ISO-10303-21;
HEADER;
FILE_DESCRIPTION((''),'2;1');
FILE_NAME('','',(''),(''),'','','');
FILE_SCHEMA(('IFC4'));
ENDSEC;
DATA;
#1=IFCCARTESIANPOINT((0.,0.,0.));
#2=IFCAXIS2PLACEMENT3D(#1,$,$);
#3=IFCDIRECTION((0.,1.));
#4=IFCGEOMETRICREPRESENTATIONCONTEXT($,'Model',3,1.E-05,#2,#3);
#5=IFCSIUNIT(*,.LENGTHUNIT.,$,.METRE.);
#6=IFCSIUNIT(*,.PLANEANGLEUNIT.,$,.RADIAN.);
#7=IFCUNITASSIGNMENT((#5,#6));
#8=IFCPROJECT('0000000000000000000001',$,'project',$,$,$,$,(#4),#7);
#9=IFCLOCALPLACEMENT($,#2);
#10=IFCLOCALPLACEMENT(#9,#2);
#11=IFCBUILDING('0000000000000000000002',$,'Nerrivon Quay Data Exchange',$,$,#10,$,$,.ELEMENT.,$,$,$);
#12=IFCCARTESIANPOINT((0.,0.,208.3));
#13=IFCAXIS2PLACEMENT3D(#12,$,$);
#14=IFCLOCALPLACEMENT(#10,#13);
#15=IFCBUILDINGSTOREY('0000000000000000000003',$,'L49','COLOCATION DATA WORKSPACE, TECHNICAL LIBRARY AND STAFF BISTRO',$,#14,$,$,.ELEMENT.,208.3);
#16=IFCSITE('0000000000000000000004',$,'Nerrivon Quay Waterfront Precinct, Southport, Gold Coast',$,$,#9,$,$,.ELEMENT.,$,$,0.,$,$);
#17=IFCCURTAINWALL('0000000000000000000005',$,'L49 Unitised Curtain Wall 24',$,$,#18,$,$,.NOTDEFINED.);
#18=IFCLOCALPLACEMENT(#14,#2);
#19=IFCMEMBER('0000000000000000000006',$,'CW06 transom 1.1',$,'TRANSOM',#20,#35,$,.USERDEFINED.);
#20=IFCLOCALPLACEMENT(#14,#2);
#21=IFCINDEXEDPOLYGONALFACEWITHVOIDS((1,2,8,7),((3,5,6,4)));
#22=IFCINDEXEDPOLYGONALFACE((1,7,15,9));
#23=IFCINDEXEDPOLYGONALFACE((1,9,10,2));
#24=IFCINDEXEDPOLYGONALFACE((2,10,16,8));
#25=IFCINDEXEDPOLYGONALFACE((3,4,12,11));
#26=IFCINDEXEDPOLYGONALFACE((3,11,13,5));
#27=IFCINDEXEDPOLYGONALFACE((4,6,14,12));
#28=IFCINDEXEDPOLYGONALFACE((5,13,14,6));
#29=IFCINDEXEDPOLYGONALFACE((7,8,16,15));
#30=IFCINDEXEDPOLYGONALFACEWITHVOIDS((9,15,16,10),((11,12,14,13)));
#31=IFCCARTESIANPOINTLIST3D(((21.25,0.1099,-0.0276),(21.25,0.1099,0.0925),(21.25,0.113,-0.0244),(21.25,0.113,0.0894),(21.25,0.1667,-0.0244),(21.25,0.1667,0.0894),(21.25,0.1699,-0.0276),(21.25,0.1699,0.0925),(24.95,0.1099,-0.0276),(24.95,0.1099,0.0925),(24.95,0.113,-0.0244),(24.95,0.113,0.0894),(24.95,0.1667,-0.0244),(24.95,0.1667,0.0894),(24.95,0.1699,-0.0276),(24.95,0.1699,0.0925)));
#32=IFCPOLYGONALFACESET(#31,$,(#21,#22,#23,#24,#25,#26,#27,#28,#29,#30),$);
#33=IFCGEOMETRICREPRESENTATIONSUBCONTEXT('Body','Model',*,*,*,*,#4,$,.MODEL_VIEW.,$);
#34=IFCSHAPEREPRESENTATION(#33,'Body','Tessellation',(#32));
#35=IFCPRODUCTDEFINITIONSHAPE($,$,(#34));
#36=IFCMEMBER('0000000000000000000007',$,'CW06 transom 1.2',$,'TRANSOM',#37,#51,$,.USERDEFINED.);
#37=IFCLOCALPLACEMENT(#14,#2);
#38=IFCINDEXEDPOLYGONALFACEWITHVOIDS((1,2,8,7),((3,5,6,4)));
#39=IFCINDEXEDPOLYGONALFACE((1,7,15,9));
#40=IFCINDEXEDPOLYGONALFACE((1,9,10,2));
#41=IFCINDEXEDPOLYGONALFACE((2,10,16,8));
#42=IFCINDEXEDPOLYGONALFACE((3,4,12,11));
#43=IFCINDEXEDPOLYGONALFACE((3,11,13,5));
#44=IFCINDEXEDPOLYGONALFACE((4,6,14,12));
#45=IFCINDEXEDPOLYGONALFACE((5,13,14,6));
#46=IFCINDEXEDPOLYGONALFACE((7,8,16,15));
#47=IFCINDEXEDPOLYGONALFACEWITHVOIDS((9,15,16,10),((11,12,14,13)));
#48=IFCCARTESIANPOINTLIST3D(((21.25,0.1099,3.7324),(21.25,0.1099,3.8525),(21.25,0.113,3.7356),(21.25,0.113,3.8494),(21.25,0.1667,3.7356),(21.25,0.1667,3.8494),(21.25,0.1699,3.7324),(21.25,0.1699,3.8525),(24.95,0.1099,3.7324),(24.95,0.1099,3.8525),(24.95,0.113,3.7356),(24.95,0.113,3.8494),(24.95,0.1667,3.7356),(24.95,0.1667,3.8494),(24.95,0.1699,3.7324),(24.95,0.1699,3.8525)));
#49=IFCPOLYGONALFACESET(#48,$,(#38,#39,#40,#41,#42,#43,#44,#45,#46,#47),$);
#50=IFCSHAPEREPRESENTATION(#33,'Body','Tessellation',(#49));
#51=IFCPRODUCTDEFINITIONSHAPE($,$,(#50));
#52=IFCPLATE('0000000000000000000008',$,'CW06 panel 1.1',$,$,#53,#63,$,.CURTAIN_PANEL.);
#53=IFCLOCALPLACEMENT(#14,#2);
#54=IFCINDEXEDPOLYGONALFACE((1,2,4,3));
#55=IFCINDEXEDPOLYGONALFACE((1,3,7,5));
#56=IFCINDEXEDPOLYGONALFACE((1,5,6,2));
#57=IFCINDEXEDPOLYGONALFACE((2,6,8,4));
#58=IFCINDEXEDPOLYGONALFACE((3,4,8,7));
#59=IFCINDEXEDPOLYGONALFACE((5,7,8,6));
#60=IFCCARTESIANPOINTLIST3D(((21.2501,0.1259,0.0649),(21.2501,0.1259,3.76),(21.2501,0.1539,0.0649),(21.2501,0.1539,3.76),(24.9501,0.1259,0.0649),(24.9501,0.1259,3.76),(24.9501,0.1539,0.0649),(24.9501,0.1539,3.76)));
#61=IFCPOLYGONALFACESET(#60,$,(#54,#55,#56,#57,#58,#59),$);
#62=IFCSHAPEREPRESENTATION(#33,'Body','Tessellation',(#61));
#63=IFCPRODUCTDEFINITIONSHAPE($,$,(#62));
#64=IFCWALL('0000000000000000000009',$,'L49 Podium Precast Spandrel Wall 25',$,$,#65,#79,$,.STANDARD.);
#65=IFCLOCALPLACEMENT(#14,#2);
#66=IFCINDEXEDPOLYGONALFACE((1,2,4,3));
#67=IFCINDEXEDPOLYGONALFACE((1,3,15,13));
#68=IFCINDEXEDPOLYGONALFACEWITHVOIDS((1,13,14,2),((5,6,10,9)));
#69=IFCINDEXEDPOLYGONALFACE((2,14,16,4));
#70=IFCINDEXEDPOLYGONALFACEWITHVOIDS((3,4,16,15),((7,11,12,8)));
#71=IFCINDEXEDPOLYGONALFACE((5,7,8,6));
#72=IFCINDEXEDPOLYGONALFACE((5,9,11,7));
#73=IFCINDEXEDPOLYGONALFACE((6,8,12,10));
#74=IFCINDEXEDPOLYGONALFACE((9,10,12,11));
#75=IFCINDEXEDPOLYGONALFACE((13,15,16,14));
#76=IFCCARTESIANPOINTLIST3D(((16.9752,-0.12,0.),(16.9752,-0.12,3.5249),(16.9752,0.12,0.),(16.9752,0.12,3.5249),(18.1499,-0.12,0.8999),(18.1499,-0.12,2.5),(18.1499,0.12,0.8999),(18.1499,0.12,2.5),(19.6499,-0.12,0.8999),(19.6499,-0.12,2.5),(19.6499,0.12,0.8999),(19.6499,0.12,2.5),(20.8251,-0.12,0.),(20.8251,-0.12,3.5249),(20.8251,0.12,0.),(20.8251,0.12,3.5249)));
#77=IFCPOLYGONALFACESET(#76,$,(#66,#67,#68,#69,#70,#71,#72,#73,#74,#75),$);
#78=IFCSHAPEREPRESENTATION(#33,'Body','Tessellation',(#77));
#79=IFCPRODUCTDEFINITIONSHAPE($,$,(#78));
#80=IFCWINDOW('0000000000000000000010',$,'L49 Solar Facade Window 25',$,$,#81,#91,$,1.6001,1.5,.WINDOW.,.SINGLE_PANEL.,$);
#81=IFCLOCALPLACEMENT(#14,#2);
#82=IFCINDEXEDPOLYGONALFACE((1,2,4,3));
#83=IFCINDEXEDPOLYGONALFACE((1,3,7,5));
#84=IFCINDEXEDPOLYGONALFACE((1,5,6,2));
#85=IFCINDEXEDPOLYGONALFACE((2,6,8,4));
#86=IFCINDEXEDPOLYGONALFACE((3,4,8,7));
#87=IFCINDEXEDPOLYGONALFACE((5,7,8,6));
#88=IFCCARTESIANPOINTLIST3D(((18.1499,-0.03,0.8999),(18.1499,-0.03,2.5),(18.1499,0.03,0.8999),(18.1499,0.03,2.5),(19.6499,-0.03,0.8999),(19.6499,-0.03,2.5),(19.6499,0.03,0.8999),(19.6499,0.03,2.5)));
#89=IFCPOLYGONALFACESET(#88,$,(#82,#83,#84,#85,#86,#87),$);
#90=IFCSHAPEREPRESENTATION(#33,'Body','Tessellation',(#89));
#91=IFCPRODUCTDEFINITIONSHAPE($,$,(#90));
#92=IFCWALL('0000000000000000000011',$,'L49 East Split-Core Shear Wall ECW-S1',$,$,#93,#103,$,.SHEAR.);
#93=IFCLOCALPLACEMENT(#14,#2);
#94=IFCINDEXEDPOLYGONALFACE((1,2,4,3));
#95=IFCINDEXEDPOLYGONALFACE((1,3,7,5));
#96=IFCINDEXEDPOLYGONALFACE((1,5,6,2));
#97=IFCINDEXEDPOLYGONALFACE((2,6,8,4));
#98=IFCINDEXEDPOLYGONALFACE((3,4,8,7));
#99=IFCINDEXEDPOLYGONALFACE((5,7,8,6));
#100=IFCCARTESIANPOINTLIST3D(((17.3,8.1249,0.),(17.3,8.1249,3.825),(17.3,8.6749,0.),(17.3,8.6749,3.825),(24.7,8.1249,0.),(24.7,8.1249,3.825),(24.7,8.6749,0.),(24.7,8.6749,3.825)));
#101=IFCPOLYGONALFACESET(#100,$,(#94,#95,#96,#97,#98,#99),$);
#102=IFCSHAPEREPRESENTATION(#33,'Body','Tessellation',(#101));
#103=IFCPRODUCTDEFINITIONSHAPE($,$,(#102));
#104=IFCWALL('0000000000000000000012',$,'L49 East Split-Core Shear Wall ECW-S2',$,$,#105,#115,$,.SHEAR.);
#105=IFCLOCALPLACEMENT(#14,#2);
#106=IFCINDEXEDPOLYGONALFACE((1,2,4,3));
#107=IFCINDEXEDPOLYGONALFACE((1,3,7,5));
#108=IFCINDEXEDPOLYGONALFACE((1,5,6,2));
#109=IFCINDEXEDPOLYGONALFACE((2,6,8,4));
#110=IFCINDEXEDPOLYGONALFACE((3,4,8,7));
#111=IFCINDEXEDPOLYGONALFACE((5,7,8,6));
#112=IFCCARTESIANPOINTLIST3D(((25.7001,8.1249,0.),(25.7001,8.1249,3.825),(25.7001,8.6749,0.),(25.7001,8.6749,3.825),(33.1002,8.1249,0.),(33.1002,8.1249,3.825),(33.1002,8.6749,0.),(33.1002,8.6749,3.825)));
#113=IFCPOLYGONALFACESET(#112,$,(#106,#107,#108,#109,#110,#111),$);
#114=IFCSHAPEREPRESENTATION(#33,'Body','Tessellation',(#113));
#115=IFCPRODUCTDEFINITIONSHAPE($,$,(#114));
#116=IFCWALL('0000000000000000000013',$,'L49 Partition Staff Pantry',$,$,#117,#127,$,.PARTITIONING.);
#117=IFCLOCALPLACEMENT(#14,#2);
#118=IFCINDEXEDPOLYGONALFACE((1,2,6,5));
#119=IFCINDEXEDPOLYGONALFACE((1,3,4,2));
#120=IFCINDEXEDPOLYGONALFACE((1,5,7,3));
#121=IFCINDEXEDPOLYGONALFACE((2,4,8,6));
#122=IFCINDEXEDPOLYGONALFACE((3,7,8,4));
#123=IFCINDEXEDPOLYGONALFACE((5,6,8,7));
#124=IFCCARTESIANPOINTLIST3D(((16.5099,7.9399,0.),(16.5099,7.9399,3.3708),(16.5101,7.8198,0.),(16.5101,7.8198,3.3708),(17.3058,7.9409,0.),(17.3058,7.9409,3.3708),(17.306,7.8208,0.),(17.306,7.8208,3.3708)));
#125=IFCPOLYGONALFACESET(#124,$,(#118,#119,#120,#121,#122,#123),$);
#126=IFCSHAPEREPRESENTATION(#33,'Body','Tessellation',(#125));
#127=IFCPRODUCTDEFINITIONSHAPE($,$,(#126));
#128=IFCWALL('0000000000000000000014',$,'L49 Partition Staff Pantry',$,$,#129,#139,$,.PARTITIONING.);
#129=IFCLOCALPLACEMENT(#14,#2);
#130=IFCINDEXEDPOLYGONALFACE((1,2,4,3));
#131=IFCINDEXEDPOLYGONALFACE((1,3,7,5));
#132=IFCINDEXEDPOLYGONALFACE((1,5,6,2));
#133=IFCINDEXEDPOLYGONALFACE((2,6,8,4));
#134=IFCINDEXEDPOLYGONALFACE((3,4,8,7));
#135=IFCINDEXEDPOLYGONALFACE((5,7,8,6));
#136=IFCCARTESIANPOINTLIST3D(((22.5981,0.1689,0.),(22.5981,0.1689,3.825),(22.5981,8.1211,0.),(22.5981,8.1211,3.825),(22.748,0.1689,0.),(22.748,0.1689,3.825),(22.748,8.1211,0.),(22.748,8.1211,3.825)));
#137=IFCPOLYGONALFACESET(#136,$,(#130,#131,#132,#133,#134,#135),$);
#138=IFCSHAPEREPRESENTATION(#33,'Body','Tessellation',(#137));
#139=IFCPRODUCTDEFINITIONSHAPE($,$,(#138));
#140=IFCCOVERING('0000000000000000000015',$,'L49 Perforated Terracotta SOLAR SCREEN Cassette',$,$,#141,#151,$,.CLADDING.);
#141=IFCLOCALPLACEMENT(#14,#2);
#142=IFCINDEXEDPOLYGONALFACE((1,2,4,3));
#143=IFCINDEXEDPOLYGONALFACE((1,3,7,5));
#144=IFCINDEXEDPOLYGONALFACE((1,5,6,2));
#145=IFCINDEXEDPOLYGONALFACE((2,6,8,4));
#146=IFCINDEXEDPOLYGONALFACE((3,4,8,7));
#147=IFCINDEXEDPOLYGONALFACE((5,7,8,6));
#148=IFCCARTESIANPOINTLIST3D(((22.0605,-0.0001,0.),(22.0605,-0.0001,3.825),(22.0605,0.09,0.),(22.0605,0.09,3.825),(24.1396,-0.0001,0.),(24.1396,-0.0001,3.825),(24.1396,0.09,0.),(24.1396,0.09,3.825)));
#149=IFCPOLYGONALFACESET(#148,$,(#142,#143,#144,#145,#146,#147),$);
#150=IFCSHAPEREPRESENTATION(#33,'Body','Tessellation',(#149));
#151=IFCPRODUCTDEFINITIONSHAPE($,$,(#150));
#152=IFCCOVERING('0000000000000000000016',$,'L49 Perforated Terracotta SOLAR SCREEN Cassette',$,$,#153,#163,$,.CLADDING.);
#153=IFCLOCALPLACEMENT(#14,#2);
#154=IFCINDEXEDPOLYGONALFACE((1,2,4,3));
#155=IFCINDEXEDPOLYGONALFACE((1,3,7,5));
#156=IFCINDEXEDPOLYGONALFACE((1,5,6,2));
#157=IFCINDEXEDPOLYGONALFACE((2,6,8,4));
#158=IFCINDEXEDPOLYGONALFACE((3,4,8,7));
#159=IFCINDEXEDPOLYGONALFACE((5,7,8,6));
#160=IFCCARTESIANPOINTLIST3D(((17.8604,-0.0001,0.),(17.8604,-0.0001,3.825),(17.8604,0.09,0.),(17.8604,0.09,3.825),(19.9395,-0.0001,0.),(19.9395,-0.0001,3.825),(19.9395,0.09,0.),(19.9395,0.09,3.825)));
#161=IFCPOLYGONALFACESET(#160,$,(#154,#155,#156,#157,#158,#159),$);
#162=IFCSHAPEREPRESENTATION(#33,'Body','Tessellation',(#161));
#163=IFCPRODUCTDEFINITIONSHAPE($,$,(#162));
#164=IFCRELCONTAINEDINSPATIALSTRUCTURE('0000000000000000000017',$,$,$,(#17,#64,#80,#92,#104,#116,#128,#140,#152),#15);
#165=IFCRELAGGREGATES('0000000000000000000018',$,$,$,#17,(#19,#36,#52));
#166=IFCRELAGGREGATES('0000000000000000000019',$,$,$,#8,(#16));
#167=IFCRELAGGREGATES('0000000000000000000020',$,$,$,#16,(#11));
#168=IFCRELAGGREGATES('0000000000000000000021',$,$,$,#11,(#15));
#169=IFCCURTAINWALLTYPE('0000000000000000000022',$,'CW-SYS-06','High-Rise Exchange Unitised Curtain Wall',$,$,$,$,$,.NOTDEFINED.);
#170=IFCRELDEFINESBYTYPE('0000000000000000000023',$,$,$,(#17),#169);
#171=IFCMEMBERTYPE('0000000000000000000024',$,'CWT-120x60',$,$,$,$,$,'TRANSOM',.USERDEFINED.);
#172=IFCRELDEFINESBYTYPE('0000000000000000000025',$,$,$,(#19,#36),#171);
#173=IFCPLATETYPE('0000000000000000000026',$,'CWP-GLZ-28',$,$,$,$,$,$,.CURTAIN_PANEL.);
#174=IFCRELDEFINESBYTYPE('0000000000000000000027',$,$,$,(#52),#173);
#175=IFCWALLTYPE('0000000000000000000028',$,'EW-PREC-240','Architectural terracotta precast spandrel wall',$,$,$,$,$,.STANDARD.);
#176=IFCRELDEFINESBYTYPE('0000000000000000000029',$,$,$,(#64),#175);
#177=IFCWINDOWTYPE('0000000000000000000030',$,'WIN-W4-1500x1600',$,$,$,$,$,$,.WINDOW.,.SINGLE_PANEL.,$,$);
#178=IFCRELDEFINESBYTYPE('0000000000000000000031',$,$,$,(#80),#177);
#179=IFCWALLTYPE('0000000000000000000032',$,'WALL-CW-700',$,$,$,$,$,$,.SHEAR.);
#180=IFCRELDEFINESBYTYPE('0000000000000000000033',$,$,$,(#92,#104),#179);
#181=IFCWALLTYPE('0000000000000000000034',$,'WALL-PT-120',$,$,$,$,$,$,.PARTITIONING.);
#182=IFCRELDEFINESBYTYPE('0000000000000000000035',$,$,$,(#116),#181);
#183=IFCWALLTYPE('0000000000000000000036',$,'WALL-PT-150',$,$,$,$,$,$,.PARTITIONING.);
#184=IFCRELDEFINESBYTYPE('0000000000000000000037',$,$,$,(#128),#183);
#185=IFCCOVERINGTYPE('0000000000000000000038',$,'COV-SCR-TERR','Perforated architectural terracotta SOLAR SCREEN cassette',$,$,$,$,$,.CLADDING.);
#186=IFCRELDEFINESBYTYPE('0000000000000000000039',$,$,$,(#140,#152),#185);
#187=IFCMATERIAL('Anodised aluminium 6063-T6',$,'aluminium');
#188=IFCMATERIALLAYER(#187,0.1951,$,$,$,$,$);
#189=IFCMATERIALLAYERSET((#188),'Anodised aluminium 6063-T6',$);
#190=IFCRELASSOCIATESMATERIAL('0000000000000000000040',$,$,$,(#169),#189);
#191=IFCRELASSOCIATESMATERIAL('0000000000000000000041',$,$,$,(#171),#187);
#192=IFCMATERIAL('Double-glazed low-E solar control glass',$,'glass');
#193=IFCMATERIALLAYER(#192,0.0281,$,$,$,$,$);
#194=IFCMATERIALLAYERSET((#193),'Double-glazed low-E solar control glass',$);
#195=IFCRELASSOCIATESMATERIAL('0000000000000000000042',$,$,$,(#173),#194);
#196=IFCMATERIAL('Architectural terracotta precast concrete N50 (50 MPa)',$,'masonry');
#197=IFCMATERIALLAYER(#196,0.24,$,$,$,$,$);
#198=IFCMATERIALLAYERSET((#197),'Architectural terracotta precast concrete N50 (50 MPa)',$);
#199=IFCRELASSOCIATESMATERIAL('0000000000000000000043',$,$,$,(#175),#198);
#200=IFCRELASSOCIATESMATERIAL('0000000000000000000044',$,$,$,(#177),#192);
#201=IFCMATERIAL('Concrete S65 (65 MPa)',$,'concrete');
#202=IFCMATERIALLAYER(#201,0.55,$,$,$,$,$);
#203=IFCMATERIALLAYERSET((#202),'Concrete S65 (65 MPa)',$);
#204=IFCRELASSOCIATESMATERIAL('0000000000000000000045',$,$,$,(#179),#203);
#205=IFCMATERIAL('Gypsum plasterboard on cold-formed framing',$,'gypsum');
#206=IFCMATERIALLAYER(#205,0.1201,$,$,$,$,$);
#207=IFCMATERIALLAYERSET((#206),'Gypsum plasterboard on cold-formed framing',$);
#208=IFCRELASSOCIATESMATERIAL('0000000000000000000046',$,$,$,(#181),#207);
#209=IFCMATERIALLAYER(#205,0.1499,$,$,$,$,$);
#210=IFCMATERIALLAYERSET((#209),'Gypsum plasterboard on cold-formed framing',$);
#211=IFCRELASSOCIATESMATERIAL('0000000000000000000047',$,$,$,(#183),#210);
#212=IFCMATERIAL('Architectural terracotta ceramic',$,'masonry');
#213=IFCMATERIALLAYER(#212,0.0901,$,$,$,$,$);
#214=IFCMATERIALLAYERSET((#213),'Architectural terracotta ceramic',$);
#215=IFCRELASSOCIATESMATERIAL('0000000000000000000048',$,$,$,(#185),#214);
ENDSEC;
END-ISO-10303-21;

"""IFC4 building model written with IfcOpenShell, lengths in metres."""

from ifc_helpers import new_model, si_unit, direction, frame, frame_2d, origin, origin_2d, place, context, subcontext, project, spatial, rectangle, hollow_rectangle, extrude, material, layer, layer_set, material_profile, profile_set, type_object, element, fill, aggregate, save


model = new_model("IFC4")

# Units and contexts
model_context = context("Model", 3, precision=1e-05, world=origin(), true_north=direction((0.0, 1.0)))
body_context = subcontext(model_context, "Body", "Model", "MODEL_VIEW")
ifc_project = project(units=[si_unit("LENGTHUNIT", "METRE"), si_unit("PLANEANGLEUNIT", "RADIAN")], contexts=[model_context])

# Site, building, storey
site_placement = place(None, origin())
site = spatial("IfcSite", under=ifc_project, at=site_placement, Name="Nerrivon Quay Waterfront Precinct, Southport, Gold Coast", CompositionType="ELEMENT", RefElevation=0.0)
building_placement = place(site_placement, origin())
building = spatial("IfcBuilding", under=site, at=building_placement, Name="Nerrivon Quay Data Exchange", CompositionType="ELEMENT")
storey_placement = place(building_placement, frame((0.0, 0.0, 208.3)))
storey = spatial("IfcBuildingStorey", under=building, at=storey_placement, Name="L49", Description="COLOCATION DATA WORKSPACE, TECHNICAL LIBRARY AND STAFF BISTRO", CompositionType="ELEMENT", Elevation=208.3)

# Shared definitions
ifc_material_1 = material(Name="Concrete S65 (65 MPa)", Category="concrete")

# Curtain wall
ifc_material_2 = material(Name="Anodised aluminium 6063-T6", Category="aluminium")
ifc_layer_1 = layer(ifc_material_2, 0.1951)
ifc_layer_set_1 = layer_set([ifc_layer_1], Name="Anodised aluminium 6063-T6")
curtain_wall_type = type_object("IfcCurtainWallType", Name="CW-SYS-06", Description="High-Rise Exchange Unitised Curtain Wall", PredefinedType="NOTDEFINED", material=ifc_layer_set_1)
curtain_wall_1_placement = place(storey_placement, origin())
curtain_wall_1 = element("IfcCurtainWall", 1, at=curtain_wall_1_placement, inside=storey, type_object=curtain_wall_type, Name="L49 Unitised Curtain Wall 24", PredefinedType="NOTDEFINED")

# Members
ifc_material_profile_1 = material_profile(ifc_material_2, hollow_rectangle(XDim=0.0601, YDim=0.1201, WallThickness=0.0032, at=origin_2d()), Name="ALU-TRAN-120x60")
ifc_profile_set_1 = profile_set([ifc_material_profile_1], Name="Anodised aluminium 6063-T6")
member_type_1 = type_object("IfcMemberType", Name="CWT-120x60", ElementType="TRANSOM", PredefinedType="USERDEFINED", material=ifc_profile_set_1)
member_1_placement = place(storey_placement, frame((24.95, 0.1399, 0.0325), z_axis=(-1.0, 0.0, 0.0), x_axis=(0.0, -1.0, 0.0)))
member_1 = element("IfcMember", 2, at=member_1_placement, type_object=member_type_1, Name="CW06 transom 1.1", ObjectType="TRANSOM", PredefinedType="USERDEFINED", context=body_context, shape_type="SweptSolid", body=[
    extrude(hollow_rectangle(XDim=0.0601, YDim=0.1201, WallThickness=0.0032, at=origin_2d()), origin(), (0.0, 0.0, 1.0), 3.7),
])
member_2_placement = place(storey_placement, frame((24.95, 0.1399, 3.7925), z_axis=(-1.0, 0.0, 0.0), x_axis=(0.0, -1.0, 0.0)))
member_2 = element("IfcMember", 3, at=member_2_placement, type_object=member_type_1, Name="CW06 transom 1.2", ObjectType="TRANSOM", PredefinedType="USERDEFINED", context=body_context, shape_type="SweptSolid", body=[
    extrude(hollow_rectangle(XDim=0.0601, YDim=0.1201, WallThickness=0.0032, at=origin_2d()), origin(), (0.0, 0.0, 1.0), 3.7),
])

# Plate
ifc_material_3 = material(Name="Double-glazed low-E solar control glass", Category="glass")
ifc_layer_2 = layer(ifc_material_3, 0.0281)
ifc_layer_set_2 = layer_set([ifc_layer_2], Name="Double-glazed low-E solar control glass")
plate_type = type_object("IfcPlateType", Name="CWP-GLZ-28", PredefinedType="CURTAIN_PANEL", material=ifc_layer_set_2)
plate_placement = place(storey_placement, frame((23.1001, 0.1399, 0.0649), z_axis=(0.0, 0.0, 1.0), x_axis=(-1.0, 0.0, 0.0)))
plate = element("IfcPlate", 4, at=plate_placement, type_object=plate_type, Name="CW06 panel 1.1", PredefinedType="CURTAIN_PANEL", context=body_context, shape_type="SweptSolid", body=[
    extrude(rectangle(XDim=3.7, YDim=0.0281, at=origin_2d()), origin(), (0.0, 0.0, 1.0), 3.6951),
])
aggregate(curtain_wall_1, [member_1, member_2, plate])

# Wall, opening, window
ifc_material_4 = material(Name="Architectural terracotta precast concrete N50 (50 MPa)", Category="masonry")
ifc_layer_3 = layer(ifc_material_4, 0.24)
ifc_layer_set_3 = layer_set([ifc_layer_3], Name="Architectural terracotta precast concrete N50 (50 MPa)")
wall_type_1 = type_object("IfcWallType", Name="EW-PREC-240", Description="Architectural terracotta precast spandrel wall", PredefinedType="STANDARD", material=ifc_layer_set_3)
wall_1_placement = place(storey_placement, frame((20.825, 0.0, 0.0), z_axis=(0.0, 0.0, 1.0), x_axis=(-1.0, 0.0, 0.0)))
wall_1 = element("IfcWall", 5, at=wall_1_placement, inside=storey, type_object=wall_type_1, Name="L49 Podium Precast Spandrel Wall 25", PredefinedType="STANDARD", context=body_context, shape_type="SweptSolid", body=[
    extrude(rectangle(XDim=3.8499, YDim=0.24, at=frame_2d((1.9248, 0.0))), origin(), (0.0, 0.0, 1.0), 3.5249),
])
opening_placement = place(wall_1_placement, frame((1.175, 0.0, 0.8999)))
opening = element("IfcOpeningElement", 6, at=opening_placement, cuts=wall_1, PredefinedType="OPENING", context=body_context, shape_type="SweptSolid", body=[
    extrude(rectangle(XDim=1.5, YDim=1.6001, at=frame_2d((0.75, 0.8))), frame((0.0, 0.1299, 0.0), z_axis=(0.0, -1.0, 0.0), x_axis=(1.0, 0.0, 0.0)), (0.0, 0.0, 1.0), 0.26),
])
window_type = type_object("IfcWindowType", Name="WIN-W4-1500x1600", PartitioningType="SINGLE_PANEL", PredefinedType="WINDOW", material=ifc_material_3)
window_placement = place(opening_placement, origin())
window = element("IfcWindow", 7, at=window_placement, inside=storey, type_object=window_type, Name="L49 Solar Facade Window 25", OverallHeight=1.6001, OverallWidth=1.5, PartitioningType="SINGLE_PANEL", PredefinedType="WINDOW", context=body_context, shape_type="SweptSolid", body=[
    extrude(rectangle(XDim=1.5, YDim=1.6001, at=frame_2d((0.75, 0.8))), frame((0.0, 0.03, 0.0), z_axis=(0.0, -1.0, 0.0), x_axis=(1.0, 0.0, 0.0)), (0.0, 0.0, 1.0), 0.0601),
])
fill(opening, window)

# Walls
ifc_layer_4 = layer(ifc_material_1, 0.55)
ifc_layer_set_4 = layer_set([ifc_layer_4], Name="Concrete S65 (65 MPa)")
wall_type_2 = type_object("IfcWallType", Name="WALL-CW-700", PredefinedType="SHEAR", material=ifc_layer_set_4)
wall_2_placement = place(storey_placement, frame((17.3, 8.3999, 0.0), z_axis=(0.0, 0.0, 1.0), x_axis=(1.0, 0.0, 0.0)))
element("IfcWall", 8, at=wall_2_placement, inside=storey, type_object=wall_type_2, Name="L49 East Split-Core Shear Wall ECW-S1", PredefinedType="SHEAR", context=body_context, shape_type="SweptSolid", body=[
    extrude(rectangle(XDim=7.3999, YDim=0.55, at=frame_2d((3.7, 0.0))), origin(), (0.0, 0.0, 1.0), 3.825),
])
wall_3_placement = place(storey_placement, frame((25.7, 8.3999, 0.0), z_axis=(0.0, 0.0, 1.0), x_axis=(1.0, 0.0, 0.0)))
element("IfcWall", 9, at=wall_3_placement, inside=storey, type_object=wall_type_2, Name="L49 East Split-Core Shear Wall ECW-S2", PredefinedType="SHEAR", context=body_context, shape_type="SweptSolid", body=[
    extrude(rectangle(XDim=7.4001, YDim=0.55, at=frame_2d((3.7002, 0.0))), origin(), (0.0, 0.0, 1.0), 3.825),
])
ifc_material_5 = material(Name="Gypsum plasterboard on cold-formed framing", Category="gypsum")
ifc_layer_5 = layer(ifc_material_5, 0.1201)
ifc_layer_set_5 = layer_set([ifc_layer_5], Name="Gypsum plasterboard on cold-formed framing")
wall_type_3 = type_object("IfcWallType", Name="WALL-PT-120", PredefinedType="PARTITIONING", material=ifc_layer_set_5)
wall_4_placement = place(storey_placement, frame((17.3059, 7.8809, 0.0), z_axis=(0.0, 0.0, 1.0), x_axis=(-0.999999, -0.001227, 0.0)))
element("IfcWall", 10, at=wall_4_placement, inside=storey, type_object=wall_type_3, Name="L49 Partition Staff Pantry", PredefinedType="PARTITIONING", context=body_context, shape_type="SweptSolid", body=[
    extrude(rectangle(XDim=0.7959, YDim=0.1201, at=frame_2d((0.3979, 0.0))), origin(), (0.0, 0.0, 1.0), 3.3708),
])
ifc_layer_6 = layer(ifc_material_5, 0.1499)
ifc_layer_set_6 = layer_set([ifc_layer_6], Name="Gypsum plasterboard on cold-formed framing")
wall_type_4 = type_object("IfcWallType", Name="WALL-PT-150", PredefinedType="PARTITIONING", material=ifc_layer_set_6)
wall_5_placement = place(storey_placement, frame((22.6731, 0.1689, 0.0), z_axis=(0.0, 0.0, 1.0), x_axis=(0.0, 1.0, 0.0)))
element("IfcWall", 11, at=wall_5_placement, inside=storey, type_object=wall_type_4, Name="L49 Partition Staff Pantry", PredefinedType="PARTITIONING", context=body_context, shape_type="SweptSolid", body=[
    extrude(rectangle(XDim=7.9521, YDim=0.1499, at=frame_2d((3.9761, 0.0))), origin(), (0.0, 0.0, 1.0), 3.825),
])

# Coverings
ifc_material_6 = material(Name="Architectural terracotta ceramic", Category="masonry")
ifc_layer_7 = layer(ifc_material_6, 0.0901)
ifc_layer_set_7 = layer_set([ifc_layer_7], Name="Architectural terracotta ceramic")
covering_type = type_object("IfcCoveringType", Name="COV-SCR-TERR", Description="Perforated architectural terracotta SOLAR SCREEN cassette", PredefinedType="CLADDING", material=ifc_layer_set_7)
for number, where, z_axis, x_axis, name in (
    (12, (23.1001, 0.0449, 0.0), (0.0, 0.0, 1.0), (-1.0, 0.0, 0.0), "L49 Perforated Terracotta SOLAR SCREEN Cassette"),
    (13, (18.8999, 0.0449, 0.0), (0.0, 0.0, 1.0), (-1.0, 0.0, 0.0), "L49 Perforated Terracotta SOLAR SCREEN Cassette"),
):
    element("IfcCovering", number, at=place(storey_placement, frame(where, z_axis=z_axis, x_axis=x_axis)), inside=storey, type_object=covering_type, Name=name, PredefinedType="CLADDING", context=body_context, shape_type="SweptSolid", body=[
        extrude(rectangle(XDim=2.0791, YDim=0.0901, at=origin_2d()), origin(), (0.0, 0.0, 1.0), 3.825),
    ])

save(model, "model.ifc")
